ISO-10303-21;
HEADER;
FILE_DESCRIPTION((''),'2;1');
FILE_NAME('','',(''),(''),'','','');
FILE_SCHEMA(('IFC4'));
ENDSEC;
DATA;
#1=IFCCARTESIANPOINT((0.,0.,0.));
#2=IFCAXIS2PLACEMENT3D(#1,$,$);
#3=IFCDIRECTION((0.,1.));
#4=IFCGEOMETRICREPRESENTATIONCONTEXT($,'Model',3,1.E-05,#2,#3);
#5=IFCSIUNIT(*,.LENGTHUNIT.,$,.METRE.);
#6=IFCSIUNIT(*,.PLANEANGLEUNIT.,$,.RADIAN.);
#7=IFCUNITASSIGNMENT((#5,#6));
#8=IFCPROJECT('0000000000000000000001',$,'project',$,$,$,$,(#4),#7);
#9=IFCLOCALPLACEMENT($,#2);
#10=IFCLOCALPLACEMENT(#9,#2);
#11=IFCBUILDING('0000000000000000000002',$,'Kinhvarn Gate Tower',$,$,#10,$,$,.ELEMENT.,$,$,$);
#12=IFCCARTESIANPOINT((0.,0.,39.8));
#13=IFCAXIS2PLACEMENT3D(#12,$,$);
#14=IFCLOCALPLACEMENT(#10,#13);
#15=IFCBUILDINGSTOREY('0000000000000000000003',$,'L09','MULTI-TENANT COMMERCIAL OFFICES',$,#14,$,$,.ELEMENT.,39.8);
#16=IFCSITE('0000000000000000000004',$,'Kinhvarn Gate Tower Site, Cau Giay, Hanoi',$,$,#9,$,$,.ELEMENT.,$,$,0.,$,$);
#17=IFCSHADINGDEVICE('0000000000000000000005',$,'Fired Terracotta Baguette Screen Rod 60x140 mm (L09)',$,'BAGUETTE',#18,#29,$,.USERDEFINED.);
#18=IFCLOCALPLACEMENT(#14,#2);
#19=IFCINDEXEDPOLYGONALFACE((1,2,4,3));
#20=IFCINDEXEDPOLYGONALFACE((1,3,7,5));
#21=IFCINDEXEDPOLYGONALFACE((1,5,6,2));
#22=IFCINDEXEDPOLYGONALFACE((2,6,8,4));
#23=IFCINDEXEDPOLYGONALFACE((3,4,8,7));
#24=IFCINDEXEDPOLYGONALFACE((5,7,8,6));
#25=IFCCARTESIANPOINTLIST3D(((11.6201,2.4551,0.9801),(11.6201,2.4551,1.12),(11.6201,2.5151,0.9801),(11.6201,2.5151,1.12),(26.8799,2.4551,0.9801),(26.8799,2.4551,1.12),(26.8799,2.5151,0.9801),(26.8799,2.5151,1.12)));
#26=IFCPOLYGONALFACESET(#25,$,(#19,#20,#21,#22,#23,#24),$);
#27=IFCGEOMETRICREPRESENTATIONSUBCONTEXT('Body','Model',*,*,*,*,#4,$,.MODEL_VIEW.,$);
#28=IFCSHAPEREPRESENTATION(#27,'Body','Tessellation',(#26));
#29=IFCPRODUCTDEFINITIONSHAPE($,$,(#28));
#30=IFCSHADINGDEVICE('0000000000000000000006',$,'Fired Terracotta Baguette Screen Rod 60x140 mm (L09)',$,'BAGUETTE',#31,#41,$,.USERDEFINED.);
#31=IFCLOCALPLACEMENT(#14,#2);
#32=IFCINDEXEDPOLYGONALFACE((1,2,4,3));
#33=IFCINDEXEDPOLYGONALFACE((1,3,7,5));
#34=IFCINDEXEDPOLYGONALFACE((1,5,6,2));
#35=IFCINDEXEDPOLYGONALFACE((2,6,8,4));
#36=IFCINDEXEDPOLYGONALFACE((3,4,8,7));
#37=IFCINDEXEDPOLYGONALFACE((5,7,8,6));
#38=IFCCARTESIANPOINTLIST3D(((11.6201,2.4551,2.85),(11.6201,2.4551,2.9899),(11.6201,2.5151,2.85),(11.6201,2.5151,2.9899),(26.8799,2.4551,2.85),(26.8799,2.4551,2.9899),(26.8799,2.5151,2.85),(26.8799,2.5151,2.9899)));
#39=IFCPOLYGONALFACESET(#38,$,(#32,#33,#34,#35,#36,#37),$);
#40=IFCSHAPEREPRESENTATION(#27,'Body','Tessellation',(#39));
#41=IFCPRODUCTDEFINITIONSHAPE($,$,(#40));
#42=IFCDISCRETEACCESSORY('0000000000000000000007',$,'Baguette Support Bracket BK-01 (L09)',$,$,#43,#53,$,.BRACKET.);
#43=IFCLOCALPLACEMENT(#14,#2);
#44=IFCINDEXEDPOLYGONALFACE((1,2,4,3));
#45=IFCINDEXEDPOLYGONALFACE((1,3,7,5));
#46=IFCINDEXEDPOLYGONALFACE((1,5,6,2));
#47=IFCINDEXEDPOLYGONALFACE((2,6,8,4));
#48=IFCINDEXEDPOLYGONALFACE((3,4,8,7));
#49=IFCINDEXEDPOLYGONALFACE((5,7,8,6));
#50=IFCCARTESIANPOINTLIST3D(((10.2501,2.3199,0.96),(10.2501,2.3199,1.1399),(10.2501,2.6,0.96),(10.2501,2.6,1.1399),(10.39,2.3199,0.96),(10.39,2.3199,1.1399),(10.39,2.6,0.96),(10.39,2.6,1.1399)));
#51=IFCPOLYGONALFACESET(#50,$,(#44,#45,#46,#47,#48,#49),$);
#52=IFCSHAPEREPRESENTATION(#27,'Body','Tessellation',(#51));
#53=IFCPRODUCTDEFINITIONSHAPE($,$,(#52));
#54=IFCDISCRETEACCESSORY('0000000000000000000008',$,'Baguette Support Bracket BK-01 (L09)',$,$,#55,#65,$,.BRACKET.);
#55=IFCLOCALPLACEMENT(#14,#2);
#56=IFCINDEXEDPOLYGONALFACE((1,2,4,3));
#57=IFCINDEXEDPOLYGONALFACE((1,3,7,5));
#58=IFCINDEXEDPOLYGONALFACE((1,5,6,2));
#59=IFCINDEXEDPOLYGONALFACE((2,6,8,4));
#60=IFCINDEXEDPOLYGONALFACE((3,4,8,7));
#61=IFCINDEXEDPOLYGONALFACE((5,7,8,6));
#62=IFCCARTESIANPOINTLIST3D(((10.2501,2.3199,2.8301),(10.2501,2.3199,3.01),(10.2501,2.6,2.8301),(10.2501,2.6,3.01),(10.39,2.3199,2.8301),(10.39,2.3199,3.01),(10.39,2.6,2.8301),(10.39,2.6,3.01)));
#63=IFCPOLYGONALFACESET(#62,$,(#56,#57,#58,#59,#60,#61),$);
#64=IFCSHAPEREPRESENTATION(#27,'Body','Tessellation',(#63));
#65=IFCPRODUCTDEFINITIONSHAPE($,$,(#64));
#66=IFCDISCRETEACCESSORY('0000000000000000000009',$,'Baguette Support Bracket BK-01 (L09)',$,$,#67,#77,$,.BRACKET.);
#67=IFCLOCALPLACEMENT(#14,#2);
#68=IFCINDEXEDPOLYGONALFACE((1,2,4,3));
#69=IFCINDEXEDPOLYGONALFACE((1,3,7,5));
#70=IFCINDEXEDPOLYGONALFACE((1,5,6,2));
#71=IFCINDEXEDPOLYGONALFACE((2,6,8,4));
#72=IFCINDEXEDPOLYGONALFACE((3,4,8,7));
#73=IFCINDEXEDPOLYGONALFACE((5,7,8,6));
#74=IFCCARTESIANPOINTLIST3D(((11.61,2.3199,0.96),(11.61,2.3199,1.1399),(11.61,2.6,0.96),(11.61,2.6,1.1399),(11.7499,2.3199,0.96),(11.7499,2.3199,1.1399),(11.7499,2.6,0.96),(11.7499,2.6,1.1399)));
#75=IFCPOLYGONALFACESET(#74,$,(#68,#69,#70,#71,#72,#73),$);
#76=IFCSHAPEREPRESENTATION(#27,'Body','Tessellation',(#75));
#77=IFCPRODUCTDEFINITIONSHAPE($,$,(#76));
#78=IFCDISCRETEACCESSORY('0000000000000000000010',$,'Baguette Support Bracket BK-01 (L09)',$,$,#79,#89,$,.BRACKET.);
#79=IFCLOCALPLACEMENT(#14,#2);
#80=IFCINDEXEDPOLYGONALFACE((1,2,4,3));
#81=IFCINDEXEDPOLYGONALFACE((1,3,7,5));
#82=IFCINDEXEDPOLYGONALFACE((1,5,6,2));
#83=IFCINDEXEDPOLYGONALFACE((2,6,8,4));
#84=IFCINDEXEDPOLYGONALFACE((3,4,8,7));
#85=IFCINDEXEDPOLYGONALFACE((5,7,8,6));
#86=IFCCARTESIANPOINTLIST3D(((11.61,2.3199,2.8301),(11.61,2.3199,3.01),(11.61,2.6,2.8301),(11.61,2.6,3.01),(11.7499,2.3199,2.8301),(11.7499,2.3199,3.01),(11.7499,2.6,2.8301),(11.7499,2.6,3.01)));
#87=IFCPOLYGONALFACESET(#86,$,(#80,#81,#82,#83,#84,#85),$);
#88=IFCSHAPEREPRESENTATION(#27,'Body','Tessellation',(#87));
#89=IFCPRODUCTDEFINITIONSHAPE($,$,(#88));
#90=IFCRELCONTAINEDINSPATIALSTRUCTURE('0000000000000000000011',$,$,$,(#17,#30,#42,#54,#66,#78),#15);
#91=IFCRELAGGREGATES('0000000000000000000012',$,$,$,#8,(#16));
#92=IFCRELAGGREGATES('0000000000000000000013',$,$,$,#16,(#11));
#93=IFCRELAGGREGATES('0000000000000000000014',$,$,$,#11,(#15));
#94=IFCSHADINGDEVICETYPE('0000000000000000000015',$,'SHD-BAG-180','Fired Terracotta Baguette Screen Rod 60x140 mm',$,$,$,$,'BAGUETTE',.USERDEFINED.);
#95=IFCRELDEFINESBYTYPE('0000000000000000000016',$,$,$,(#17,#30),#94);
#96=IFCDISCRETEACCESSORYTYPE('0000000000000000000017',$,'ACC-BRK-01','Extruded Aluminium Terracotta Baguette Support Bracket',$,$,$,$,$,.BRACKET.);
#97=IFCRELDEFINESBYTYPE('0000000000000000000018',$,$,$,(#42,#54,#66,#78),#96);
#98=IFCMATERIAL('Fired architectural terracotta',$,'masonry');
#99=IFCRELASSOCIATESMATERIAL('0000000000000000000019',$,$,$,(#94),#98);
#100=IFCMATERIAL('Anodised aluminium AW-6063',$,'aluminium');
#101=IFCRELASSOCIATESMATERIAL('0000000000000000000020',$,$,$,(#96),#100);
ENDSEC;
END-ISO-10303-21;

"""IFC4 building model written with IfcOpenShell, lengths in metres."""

from ifc_helpers import new_model, si_unit, direction, frame, origin, origin_2d, place, context, subcontext, project, spatial, rectangle, extrude, material, material_profile, profile_set, type_object, element, save


model = new_model("IFC4")

# Units and contexts
model_context = context("Model", 3, precision=1e-05, world=origin(), true_north=direction((0.0, 1.0)))
body_context = subcontext(model_context, "Body", "Model", "MODEL_VIEW")
ifc_project = project(units=[si_unit("LENGTHUNIT", "METRE"), si_unit("PLANEANGLEUNIT", "RADIAN")], contexts=[model_context])

# Site, building, storey
site_placement = place(None, origin())
site = spatial("IfcSite", under=ifc_project, at=site_placement, Name="Kinhvarn Gate Tower Site, Cau Giay, Hanoi", CompositionType="ELEMENT", RefElevation=0.0)
building_placement = place(site_placement, origin())
building = spatial("IfcBuilding", under=site, at=building_placement, Name="Kinhvarn Gate Tower", CompositionType="ELEMENT")
storey_placement = place(building_placement, frame((0.0, 0.0, 39.8)))
storey = spatial("IfcBuildingStorey", under=building, at=storey_placement, Name="L09", Description="MULTI-TENANT COMMERCIAL OFFICES", CompositionType="ELEMENT", Elevation=39.8)

# Shared definitions
ifc_material_1 = material(Name="Anodised aluminium AW-6063", Category="aluminium")

# Shading devices
ifc_material_2 = material(Name="Fired architectural terracotta", Category="masonry")
ifc_material_profile_1 = material_profile(ifc_material_2, rectangle(XDim=0.0601, YDim=0.1399, at=origin_2d()), Name="TC 60x140")
ifc_profile_set_1 = profile_set([ifc_material_profile_1], Name="Fired architectural terracotta")
shading_device_type = type_object("IfcShadingDeviceType", Name="SHD-BAG-180", Description="Fired Terracotta Baguette Screen Rod 60x140 mm", ElementType="BAGUETTE", PredefinedType="USERDEFINED", material=ifc_profile_set_1)
for number, where, z_axis, x_axis, name in (
    (1, (11.6201, 2.4851, 1.05), (1.0, 0.0, 0.0), (0.0, 1.0, 0.0), "Fired Terracotta Baguette Screen Rod 60x140 mm (L09)"),
    (2, (11.6201, 2.4851, 2.9199), (1.0, 0.0, 0.0), (0.0, 1.0, 0.0), "Fired Terracotta Baguette Screen Rod 60x140 mm (L09)"),
):
    element("IfcShadingDevice", number, at=place(storey_placement, frame(where, z_axis=z_axis, x_axis=x_axis)), inside=storey, type_object=shading_device_type, Name=name, ObjectType="BAGUETTE", PredefinedType="USERDEFINED", context=body_context, shape_type="SweptSolid", body=[
        extrude(rectangle(XDim=0.0601, YDim=0.1399, at=origin_2d()), origin(), (0.0, 0.0, 1.0), 15.2598),
    ])

# Discrete accessories
discrete_accessory_type = type_object("IfcDiscreteAccessoryType", Name="ACC-BRK-01", Description="Extruded Aluminium Terracotta Baguette Support Bracket", PredefinedType="BRACKET", material=ifc_material_1)
for number, where, z_axis, x_axis, name in (
    (3, (10.3201, 2.46, 0.96), (0.0, 0.0, 1.0), (1.0, 0.0, 0.0), "Baguette Support Bracket BK-01 (L09)"),
    (4, (10.3201, 2.46, 2.8301), (0.0, 0.0, 1.0), (1.0, 0.0, 0.0), "Baguette Support Bracket BK-01 (L09)"),
    (5, (11.6799, 2.46, 0.96), (0.0, 0.0, 1.0), (1.0, 0.0, 0.0), "Baguette Support Bracket BK-01 (L09)"),
    (6, (11.6799, 2.46, 2.8301), (0.0, 0.0, 1.0), (1.0, 0.0, 0.0), "Baguette Support Bracket BK-01 (L09)"),
):
    element("IfcDiscreteAccessory", number, at=place(storey_placement, frame(where, z_axis=z_axis, x_axis=x_axis)), inside=storey, type_object=discrete_accessory_type, Name=name, PredefinedType="BRACKET", context=body_context, shape_type="SweptSolid", body=[
        extrude(rectangle(XDim=0.1399, YDim=0.28, at=origin_2d()), origin(), (0.0, 0.0, 1.0), 0.1799),
    ])

save(model, "model.ifc")
